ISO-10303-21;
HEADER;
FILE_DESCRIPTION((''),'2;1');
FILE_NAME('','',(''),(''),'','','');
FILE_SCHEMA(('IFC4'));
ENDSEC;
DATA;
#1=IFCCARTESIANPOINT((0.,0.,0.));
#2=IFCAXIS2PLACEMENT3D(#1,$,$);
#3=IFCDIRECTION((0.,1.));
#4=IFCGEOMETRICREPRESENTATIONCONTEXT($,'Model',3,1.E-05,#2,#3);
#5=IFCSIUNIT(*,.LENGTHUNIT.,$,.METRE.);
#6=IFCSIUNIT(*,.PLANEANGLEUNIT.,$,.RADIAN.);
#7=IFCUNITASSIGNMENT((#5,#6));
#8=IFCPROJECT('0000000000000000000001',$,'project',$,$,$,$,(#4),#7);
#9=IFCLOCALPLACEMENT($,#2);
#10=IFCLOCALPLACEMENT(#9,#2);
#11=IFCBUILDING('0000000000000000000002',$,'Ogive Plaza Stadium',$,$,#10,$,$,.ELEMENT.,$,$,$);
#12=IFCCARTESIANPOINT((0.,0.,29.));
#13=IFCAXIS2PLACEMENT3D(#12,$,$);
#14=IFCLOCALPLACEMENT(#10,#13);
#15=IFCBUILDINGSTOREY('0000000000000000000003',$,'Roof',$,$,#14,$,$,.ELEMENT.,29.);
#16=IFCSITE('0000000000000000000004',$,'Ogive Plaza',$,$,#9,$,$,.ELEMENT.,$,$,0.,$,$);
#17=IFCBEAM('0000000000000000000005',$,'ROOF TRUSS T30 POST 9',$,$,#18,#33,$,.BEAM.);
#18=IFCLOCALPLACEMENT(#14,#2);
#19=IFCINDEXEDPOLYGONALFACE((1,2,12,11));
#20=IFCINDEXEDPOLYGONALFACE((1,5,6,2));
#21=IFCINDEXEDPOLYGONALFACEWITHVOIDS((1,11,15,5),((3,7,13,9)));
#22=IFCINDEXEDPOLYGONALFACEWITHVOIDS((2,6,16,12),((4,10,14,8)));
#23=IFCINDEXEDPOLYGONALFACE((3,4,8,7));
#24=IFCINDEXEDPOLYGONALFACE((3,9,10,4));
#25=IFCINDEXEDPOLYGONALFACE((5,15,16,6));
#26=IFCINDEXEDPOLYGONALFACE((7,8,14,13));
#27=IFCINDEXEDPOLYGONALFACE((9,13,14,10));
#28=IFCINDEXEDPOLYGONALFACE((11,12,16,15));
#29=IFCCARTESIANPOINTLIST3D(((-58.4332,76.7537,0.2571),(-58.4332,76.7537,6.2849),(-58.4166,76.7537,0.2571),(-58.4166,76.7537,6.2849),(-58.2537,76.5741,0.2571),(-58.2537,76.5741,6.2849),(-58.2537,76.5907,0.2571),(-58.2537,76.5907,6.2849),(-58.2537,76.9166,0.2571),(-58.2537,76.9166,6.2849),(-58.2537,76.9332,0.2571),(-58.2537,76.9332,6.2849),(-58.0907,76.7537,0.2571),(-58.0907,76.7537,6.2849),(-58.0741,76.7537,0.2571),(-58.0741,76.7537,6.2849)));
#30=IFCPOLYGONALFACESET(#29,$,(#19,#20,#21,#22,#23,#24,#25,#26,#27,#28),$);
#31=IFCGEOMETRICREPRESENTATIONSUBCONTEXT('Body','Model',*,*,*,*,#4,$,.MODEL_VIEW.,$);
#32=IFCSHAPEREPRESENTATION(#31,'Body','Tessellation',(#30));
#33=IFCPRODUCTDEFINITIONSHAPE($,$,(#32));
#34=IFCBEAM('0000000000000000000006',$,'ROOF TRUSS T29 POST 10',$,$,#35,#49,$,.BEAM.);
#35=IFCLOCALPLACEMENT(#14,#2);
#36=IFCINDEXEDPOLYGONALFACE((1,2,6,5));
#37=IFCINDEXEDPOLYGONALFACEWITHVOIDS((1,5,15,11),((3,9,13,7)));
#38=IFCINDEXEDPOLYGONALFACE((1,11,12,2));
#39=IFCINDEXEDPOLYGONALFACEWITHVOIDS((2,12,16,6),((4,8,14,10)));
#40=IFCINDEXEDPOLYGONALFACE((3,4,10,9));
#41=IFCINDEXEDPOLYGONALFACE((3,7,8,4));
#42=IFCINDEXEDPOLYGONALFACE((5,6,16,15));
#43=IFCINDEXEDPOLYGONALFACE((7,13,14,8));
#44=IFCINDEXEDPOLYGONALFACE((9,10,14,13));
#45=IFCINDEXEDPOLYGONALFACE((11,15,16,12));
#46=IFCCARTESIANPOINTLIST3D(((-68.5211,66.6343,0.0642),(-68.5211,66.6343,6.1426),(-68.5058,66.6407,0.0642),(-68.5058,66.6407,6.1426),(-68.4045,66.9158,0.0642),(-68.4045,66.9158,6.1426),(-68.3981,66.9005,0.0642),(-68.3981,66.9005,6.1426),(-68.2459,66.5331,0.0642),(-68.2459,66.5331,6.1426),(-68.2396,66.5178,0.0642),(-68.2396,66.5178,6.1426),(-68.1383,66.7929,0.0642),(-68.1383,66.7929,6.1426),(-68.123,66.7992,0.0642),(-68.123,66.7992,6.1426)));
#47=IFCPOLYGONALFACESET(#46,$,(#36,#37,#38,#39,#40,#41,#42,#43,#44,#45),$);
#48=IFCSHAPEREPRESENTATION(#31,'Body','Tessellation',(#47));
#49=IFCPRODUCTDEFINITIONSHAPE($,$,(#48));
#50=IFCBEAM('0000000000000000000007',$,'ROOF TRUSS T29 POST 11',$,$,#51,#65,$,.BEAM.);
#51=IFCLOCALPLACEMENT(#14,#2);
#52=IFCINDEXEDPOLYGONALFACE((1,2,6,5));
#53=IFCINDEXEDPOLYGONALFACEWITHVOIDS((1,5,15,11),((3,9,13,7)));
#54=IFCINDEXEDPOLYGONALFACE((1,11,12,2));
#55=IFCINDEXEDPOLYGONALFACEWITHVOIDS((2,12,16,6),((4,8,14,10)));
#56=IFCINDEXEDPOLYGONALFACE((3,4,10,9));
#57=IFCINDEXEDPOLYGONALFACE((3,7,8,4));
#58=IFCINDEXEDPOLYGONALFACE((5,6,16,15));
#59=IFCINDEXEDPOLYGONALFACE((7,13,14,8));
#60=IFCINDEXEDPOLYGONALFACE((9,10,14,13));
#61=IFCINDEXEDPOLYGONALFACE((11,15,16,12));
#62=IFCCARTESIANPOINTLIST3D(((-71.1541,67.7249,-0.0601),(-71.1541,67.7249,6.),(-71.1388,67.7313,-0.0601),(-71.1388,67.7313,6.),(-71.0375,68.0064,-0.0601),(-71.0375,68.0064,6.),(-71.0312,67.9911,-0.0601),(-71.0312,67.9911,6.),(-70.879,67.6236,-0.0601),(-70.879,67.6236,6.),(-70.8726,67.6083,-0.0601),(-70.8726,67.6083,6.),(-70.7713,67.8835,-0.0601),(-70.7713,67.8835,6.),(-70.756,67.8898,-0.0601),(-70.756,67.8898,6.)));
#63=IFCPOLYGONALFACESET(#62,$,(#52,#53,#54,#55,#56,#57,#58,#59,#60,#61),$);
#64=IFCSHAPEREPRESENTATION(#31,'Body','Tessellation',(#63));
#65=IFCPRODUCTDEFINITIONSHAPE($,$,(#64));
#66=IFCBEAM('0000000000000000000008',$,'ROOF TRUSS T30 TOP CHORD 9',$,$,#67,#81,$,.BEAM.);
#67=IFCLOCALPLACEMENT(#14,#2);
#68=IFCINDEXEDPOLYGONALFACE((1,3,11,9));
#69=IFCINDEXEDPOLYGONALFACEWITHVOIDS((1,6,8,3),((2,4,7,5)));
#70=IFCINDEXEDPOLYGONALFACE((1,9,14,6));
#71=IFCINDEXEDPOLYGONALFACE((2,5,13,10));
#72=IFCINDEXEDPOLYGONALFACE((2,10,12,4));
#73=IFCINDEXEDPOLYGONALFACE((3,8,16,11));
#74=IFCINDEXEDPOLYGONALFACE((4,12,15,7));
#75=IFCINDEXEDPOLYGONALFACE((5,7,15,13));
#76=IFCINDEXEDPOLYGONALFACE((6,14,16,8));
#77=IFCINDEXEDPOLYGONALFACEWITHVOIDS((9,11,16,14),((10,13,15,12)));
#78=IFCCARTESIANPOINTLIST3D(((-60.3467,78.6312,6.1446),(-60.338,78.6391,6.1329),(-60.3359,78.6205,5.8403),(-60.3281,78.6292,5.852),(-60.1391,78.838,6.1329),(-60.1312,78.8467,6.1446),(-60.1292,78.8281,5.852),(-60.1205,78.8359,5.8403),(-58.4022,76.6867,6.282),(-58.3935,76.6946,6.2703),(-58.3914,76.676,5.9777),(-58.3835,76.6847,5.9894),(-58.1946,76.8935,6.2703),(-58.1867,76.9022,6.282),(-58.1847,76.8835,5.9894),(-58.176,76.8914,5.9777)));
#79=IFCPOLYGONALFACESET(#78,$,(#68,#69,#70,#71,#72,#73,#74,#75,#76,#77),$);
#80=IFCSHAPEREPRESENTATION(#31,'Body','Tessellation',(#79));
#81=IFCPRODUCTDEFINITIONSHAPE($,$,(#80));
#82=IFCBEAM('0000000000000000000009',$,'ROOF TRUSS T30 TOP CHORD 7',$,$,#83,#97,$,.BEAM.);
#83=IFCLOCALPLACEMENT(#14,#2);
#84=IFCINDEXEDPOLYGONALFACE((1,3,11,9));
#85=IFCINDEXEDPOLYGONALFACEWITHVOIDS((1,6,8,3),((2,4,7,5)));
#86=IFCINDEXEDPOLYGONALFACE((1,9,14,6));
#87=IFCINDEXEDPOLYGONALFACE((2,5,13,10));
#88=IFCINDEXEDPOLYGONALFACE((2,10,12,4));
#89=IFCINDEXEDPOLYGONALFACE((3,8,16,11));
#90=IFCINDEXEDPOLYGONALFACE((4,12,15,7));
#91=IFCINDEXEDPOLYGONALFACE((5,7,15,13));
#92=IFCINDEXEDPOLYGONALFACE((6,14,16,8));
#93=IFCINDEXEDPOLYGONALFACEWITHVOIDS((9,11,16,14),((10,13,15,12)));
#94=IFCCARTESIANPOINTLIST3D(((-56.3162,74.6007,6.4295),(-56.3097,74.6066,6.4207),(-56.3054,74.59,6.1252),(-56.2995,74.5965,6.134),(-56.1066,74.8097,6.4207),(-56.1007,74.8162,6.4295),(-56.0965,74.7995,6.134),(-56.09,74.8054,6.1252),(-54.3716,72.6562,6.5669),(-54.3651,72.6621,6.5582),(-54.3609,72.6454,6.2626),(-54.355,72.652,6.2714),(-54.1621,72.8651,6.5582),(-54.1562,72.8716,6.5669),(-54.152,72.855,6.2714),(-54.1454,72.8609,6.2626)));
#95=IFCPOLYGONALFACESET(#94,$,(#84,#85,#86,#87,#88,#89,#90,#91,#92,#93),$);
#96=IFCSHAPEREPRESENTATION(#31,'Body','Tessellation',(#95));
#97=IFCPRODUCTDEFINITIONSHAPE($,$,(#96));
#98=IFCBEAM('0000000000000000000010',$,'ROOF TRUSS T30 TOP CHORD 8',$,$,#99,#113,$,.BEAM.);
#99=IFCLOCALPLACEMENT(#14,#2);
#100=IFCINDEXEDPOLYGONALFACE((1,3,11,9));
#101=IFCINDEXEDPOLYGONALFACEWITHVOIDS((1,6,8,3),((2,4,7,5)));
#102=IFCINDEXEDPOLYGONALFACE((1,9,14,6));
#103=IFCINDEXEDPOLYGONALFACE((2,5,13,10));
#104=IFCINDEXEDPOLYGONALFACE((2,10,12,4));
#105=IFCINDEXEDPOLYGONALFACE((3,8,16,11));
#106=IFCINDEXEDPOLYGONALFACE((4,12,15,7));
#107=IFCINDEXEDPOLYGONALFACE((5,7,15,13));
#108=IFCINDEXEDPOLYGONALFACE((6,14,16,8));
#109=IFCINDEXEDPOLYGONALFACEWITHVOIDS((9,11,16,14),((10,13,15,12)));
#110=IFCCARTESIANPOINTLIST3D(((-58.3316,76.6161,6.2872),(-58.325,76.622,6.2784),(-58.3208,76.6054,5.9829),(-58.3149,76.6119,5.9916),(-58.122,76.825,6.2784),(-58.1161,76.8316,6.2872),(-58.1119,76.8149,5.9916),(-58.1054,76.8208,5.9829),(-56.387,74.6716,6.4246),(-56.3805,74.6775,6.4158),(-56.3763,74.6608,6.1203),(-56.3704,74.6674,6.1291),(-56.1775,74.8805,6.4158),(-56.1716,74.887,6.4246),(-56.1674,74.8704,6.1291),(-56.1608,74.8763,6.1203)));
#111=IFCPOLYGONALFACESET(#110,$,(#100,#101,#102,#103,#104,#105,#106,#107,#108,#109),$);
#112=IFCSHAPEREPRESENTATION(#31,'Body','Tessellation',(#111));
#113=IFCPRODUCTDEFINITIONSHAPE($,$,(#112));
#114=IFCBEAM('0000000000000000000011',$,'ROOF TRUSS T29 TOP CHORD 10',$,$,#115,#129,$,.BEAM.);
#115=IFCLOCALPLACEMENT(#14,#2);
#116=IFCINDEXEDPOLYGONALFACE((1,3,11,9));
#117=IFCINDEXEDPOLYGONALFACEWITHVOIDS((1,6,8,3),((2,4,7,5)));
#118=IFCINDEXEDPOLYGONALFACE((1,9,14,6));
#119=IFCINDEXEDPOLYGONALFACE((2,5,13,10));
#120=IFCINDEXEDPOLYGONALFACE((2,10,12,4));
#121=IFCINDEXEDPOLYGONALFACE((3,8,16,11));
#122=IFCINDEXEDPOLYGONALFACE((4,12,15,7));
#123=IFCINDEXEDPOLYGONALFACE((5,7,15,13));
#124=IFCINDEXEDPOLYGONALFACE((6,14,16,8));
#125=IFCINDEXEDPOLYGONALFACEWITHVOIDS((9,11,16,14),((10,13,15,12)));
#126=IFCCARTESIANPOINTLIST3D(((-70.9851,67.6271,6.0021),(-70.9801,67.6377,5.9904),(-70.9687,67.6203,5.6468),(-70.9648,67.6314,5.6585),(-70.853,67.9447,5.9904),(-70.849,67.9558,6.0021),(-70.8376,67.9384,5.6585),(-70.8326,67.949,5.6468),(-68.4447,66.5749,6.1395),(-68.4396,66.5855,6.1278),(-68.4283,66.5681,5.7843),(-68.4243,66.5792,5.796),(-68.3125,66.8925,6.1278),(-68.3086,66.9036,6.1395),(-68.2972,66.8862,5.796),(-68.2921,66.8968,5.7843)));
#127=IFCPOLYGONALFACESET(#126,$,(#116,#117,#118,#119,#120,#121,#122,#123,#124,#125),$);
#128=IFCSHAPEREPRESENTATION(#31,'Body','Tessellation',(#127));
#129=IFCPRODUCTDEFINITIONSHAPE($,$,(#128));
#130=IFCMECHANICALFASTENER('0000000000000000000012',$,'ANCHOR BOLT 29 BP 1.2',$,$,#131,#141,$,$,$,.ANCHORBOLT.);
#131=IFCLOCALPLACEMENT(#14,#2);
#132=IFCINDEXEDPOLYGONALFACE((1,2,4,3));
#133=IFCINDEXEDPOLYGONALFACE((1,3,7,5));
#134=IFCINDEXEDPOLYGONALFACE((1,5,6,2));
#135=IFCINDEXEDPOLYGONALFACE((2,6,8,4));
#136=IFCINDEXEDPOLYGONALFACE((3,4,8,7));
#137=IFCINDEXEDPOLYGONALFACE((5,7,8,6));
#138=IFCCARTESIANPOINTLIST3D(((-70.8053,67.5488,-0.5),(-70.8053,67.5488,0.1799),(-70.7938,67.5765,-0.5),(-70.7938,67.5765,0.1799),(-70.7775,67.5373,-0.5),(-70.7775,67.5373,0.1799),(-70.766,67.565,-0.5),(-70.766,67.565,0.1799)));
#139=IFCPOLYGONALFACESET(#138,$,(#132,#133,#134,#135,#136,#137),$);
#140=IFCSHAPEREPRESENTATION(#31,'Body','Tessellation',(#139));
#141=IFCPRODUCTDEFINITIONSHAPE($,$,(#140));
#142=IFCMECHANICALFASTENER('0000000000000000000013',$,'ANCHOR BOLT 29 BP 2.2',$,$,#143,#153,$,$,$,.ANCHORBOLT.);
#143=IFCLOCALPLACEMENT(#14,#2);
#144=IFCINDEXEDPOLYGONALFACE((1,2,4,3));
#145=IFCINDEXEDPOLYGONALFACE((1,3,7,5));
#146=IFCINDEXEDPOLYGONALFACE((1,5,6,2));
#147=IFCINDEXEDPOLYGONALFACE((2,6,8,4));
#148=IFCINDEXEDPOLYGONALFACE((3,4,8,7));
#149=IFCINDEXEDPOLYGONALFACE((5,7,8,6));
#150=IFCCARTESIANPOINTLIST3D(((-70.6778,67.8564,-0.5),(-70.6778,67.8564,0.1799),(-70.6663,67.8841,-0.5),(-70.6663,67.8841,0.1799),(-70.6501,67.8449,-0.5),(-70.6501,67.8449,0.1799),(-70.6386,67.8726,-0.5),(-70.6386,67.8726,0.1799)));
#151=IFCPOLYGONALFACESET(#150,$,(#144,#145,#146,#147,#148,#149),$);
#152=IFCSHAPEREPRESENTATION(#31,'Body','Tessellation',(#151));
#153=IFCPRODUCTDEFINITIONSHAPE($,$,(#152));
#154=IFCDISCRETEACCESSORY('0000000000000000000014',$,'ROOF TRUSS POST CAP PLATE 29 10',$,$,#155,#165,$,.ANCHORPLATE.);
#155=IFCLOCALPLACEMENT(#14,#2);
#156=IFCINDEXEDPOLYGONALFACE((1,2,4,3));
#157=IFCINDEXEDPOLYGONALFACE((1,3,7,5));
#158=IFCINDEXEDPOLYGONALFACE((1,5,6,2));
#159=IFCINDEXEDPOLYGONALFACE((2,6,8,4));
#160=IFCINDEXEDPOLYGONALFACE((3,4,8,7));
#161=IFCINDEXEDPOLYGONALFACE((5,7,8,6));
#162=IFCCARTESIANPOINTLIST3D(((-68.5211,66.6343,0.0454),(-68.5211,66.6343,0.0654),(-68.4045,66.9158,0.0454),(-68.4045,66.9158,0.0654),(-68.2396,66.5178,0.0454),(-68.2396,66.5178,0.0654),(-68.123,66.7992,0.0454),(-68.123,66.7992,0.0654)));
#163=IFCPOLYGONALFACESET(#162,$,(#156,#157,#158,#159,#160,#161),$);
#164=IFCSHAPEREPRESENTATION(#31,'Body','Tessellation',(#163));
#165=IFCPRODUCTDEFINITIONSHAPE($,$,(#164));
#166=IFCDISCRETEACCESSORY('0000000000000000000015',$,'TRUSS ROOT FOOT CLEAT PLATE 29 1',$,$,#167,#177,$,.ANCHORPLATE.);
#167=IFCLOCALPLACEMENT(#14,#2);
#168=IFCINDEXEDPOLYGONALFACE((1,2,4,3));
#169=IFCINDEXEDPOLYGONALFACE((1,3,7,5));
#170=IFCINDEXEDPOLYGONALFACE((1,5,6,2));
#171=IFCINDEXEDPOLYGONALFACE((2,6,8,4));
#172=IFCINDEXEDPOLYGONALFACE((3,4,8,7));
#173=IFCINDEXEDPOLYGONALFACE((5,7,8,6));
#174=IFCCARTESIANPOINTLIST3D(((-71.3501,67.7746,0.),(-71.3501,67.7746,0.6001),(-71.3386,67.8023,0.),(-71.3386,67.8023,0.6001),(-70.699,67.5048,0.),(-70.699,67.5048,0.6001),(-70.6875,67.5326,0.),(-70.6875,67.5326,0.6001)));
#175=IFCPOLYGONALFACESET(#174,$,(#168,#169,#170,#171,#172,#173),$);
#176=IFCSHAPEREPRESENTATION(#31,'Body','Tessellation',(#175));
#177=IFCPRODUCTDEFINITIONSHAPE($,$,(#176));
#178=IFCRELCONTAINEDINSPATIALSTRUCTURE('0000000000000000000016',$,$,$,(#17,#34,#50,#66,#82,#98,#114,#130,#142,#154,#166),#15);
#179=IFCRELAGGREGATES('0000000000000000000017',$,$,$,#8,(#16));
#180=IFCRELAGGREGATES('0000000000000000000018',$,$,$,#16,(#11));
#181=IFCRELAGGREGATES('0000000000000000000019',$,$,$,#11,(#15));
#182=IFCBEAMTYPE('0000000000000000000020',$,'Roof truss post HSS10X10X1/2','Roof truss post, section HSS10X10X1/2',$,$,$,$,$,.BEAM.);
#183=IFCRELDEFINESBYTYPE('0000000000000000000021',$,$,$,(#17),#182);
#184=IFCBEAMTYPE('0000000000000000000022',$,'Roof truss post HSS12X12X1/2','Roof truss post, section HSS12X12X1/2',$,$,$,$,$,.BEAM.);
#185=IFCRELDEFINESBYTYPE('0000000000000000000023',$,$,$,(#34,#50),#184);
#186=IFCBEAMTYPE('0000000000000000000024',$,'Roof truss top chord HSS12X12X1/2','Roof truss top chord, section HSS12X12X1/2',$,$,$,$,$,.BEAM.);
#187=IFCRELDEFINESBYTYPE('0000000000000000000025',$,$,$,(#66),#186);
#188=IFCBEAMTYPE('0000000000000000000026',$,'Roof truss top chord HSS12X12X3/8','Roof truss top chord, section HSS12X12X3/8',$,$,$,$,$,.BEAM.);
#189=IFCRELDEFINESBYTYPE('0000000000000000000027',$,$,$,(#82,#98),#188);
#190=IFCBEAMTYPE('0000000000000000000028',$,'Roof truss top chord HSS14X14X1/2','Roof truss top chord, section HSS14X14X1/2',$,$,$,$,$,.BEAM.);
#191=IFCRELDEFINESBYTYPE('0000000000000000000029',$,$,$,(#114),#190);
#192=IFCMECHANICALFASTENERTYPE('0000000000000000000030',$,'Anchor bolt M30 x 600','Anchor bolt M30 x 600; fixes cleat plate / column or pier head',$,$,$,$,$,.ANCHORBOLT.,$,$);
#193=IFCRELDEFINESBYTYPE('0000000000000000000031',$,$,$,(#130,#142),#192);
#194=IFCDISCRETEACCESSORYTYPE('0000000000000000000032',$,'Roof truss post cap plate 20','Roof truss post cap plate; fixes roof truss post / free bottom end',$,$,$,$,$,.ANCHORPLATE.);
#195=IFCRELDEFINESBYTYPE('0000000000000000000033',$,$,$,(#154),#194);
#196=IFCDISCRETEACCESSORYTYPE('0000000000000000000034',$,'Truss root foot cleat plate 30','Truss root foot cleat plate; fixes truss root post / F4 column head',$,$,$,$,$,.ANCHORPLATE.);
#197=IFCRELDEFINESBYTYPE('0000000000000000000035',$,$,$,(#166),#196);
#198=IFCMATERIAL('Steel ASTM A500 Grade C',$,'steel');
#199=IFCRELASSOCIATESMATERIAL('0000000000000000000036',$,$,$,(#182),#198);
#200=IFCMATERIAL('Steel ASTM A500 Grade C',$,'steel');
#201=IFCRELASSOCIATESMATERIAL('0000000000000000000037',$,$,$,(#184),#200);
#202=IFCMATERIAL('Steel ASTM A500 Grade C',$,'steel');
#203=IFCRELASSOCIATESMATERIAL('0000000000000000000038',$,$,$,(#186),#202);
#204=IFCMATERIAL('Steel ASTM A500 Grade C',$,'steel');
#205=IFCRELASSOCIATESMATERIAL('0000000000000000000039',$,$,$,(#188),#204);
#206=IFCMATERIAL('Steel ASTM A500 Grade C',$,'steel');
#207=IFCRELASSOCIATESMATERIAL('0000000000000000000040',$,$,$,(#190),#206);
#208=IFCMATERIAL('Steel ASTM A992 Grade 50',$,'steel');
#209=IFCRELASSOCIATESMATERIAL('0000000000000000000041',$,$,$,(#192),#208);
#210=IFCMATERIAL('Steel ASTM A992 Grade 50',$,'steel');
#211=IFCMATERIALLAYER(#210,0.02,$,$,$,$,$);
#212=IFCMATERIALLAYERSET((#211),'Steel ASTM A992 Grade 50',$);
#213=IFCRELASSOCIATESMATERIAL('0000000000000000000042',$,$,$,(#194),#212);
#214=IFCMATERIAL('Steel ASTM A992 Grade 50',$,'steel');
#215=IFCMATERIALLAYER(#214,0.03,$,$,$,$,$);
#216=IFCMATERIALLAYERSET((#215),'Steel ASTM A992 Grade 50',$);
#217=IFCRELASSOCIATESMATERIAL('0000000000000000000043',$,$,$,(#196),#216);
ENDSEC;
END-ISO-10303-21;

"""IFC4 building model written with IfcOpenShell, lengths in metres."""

from ifc_helpers import new_model, si_unit, direction, frame, origin, origin_2d, place, context, subcontext, project, spatial, rectangle, hollow_rectangle, extrude, material, layer, layer_set, material_profile, profile_set, type_object, element, save


model = new_model("IFC4")

# Units and contexts
model_context = context("Model", 3, precision=1e-05, world=origin(), true_north=direction((0.0, 1.0)))
body_context = subcontext(model_context, "Body", "Model", "MODEL_VIEW")
ifc_project = project(units=[si_unit("LENGTHUNIT", "METRE"), si_unit("PLANEANGLEUNIT", "RADIAN")], contexts=[model_context])

# Site, building, storey
site_placement = place(None, origin())
site = spatial("IfcSite", under=ifc_project, at=site_placement, Name="Ogive Plaza", CompositionType="ELEMENT", RefElevation=0.0)
building_placement = place(site_placement, origin())
building = spatial("IfcBuilding", under=site, at=building_placement, Name="Ogive Plaza Stadium", CompositionType="ELEMENT")
storey_placement = place(building_placement, frame((0.0, 0.0, 29.0)))
storey = spatial("IfcBuildingStorey", under=building, at=storey_placement, Name="Roof", CompositionType="ELEMENT", Elevation=29.0)

# Beams
ifc_material_1 = material(Name="Steel ASTM A500 Grade C", Category="steel")
ifc_material_profile_1 = material_profile(ifc_material_1, hollow_rectangle(XDim=0.2539, YDim=0.2539, WallThickness=0.0117, at=origin_2d()), Name="HSS10X10X1/2")
ifc_profile_set_1 = profile_set([ifc_material_profile_1], Name="Steel ASTM A500 Grade C")
beam_type_1 = type_object("IfcBeamType", Name="Roof truss post HSS10X10X1/2", Description="Roof truss post, section HSS10X10X1/2", PredefinedType="BEAM", material=ifc_profile_set_1)
beam_1_placement = place(storey_placement, frame((-58.2537, 76.7537, 0.2571), z_axis=(0.0, 0.0, 1.0), x_axis=(-0.707107, -0.707107, 0.0)))
element("IfcBeam", 1, at=beam_1_placement, inside=storey, type_object=beam_type_1, Name="ROOF TRUSS T30 POST 9", PredefinedType="BEAM", context=body_context, shape_type="SweptSolid", body=[
    extrude(hollow_rectangle(XDim=0.2539, YDim=0.2539, WallThickness=0.0117, at=origin_2d()), origin(), (0.0, 0.0, 1.0), 6.0278),
])
ifc_material_2 = material(Name="Steel ASTM A500 Grade C", Category="steel")
ifc_material_profile_2 = material_profile(ifc_material_2, hollow_rectangle(XDim=0.3047, YDim=0.3047, WallThickness=0.0117, at=origin_2d()), Name="HSS12X12X1/2")
ifc_profile_set_2 = profile_set([ifc_material_profile_2], Name="Steel ASTM A500 Grade C")
beam_type_2 = type_object("IfcBeamType", Name="Roof truss post HSS12X12X1/2", Description="Roof truss post, section HSS12X12X1/2", PredefinedType="BEAM", material=ifc_profile_set_2)
beam_2_placement = place(storey_placement, frame((-68.322, 66.7168, 0.0642), z_axis=(0.0, 0.0, 1.0), x_axis=(-0.382683, -0.92388, 0.0)))
element("IfcBeam", 2, at=beam_2_placement, inside=storey, type_object=beam_type_2, Name="ROOF TRUSS T29 POST 10", PredefinedType="BEAM", context=body_context, shape_type="SweptSolid", body=[
    extrude(hollow_rectangle(XDim=0.3047, YDim=0.3047, WallThickness=0.0117, at=origin_2d()), origin(), (0.0, 0.0, 1.0), 6.0784),
])
beam_3_placement = place(storey_placement, frame((-70.9551, 67.8074, -0.0601), z_axis=(0.0, 0.0, 1.0), x_axis=(-0.382683, -0.92388, 0.0)))
element("IfcBeam", 3, at=beam_3_placement, inside=storey, type_object=beam_type_2, Name="ROOF TRUSS T29 POST 11", PredefinedType="BEAM", context=body_context, shape_type="SweptSolid", body=[
    extrude(hollow_rectangle(XDim=0.3047, YDim=0.3047, WallThickness=0.0117, at=origin_2d()), origin(), (0.0, 0.0, 1.0), 6.0601),
])
ifc_material_3 = material(Name="Steel ASTM A500 Grade C", Category="steel")
ifc_material_profile_3 = material_profile(ifc_material_3, hollow_rectangle(XDim=0.3047, YDim=0.3047, WallThickness=0.0117, at=origin_2d()), Name="HSS12X12X1/2")
ifc_profile_set_3 = profile_set([ifc_material_profile_3], Name="Steel ASTM A500 Grade C")
beam_type_3 = type_object("IfcBeamType", Name="Roof truss top chord HSS12X12X1/2", Description="Roof truss top chord, section HSS12X12X1/2", PredefinedType="BEAM", material=ifc_profile_set_3)
beam_4_placement = place(storey_placement, frame((-58.2891, 76.7891, 6.1299), z_axis=(-0.706225, 0.706225, -0.049919), x_axis=(-0.707107, -0.707107, 0.0)))
element("IfcBeam", 4, at=beam_4_placement, inside=storey, type_object=beam_type_3, Name="ROOF TRUSS T30 TOP CHORD 9", PredefinedType="BEAM", context=body_context, shape_type="SweptSolid", body=[
    extrude(hollow_rectangle(XDim=0.3047, YDim=0.3047, WallThickness=0.0117, at=origin_2d()), origin(), (0.0, 0.0, 1.0), 2.7534),
])
ifc_material_4 = material(Name="Steel ASTM A500 Grade C", Category="steel")
ifc_material_profile_4 = material_profile(ifc_material_4, hollow_rectangle(XDim=0.3047, YDim=0.3047, WallThickness=0.0088, at=origin_2d()), Name="HSS12X12X3/8")
ifc_profile_set_4 = profile_set([ifc_material_profile_4], Name="Steel ASTM A500 Grade C")
beam_type_4 = type_object("IfcBeamType", Name="Roof truss top chord HSS12X12X3/8", Description="Roof truss top chord, section HSS12X12X3/8", PredefinedType="BEAM", material=ifc_profile_set_4)
for number, where, z_axis, x_axis, name in (
    (5, (-54.2585, 72.7585, 6.4148), (-0.706225, 0.706225, -0.049919), (-0.707107, -0.707107, 0.0), "ROOF TRUSS T30 TOP CHORD 7"),
    (6, (-56.2739, 74.7739, 6.2725), (-0.706225, 0.706225, -0.049919), (-0.707107, -0.707107, 0.0), "ROOF TRUSS T30 TOP CHORD 8"),
):
    element("IfcBeam", number, at=place(storey_placement, frame(where, z_axis=z_axis, x_axis=x_axis)), inside=storey, type_object=beam_type_4, Name=name, PredefinedType="BEAM", context=body_context, shape_type="SweptSolid", body=[
        extrude(hollow_rectangle(XDim=0.3047, YDim=0.3047, WallThickness=0.0088, at=origin_2d()), origin(), (0.0, 0.0, 1.0), 2.7534),
    ])
ifc_material_5 = material(Name="Steel ASTM A500 Grade C", Category="steel")
ifc_material_profile_5 = material_profile(ifc_material_5, hollow_rectangle(XDim=0.3557, YDim=0.3557, WallThickness=0.0117, at=origin_2d()), Name="HSS14X14X1/2")
ifc_profile_set_5 = profile_set([ifc_material_profile_5], Name="Steel ASTM A500 Grade C")
beam_type_5 = type_object("IfcBeamType", Name="Roof truss top chord HSS14X14X1/2", Description="Roof truss top chord, section HSS14X14X1/2", PredefinedType="BEAM", material=ifc_profile_set_5)
beam_5_placement = place(storey_placement, frame((-68.3684, 66.7358, 5.9619), z_axis=(-0.922737, 0.382183, -0.049923), x_axis=(-0.38266, -0.923889, 0.0)))
element("IfcBeam", 7, at=beam_5_placement, inside=storey, type_object=beam_type_5, Name="ROOF TRUSS T29 TOP CHORD 10", PredefinedType="BEAM", context=body_context, shape_type="SweptSolid", body=[
    extrude(hollow_rectangle(XDim=0.3557, YDim=0.3557, WallThickness=0.0117, at=origin_2d()), origin(), (0.0, 0.0, 1.0), 2.7532),
])

# Mechanical fasteners
ifc_material_6 = material(Name="Steel ASTM A992 Grade 50", Category="steel")
mechanical_fastener_type = type_object("IfcMechanicalFastenerType", Name="Anchor bolt M30 x 600", Description="Anchor bolt M30 x 600; fixes cleat plate / column or pier head", PredefinedType="ANCHORBOLT", material=ifc_material_6)
for number, where, z_axis, x_axis, name in (
    (8, (-70.7856, 67.5569, -0.5), (0.0, 0.0, 1.0), (-0.92388, 0.382683, 0.0), "ANCHOR BOLT 29 BP 1.2"),
    (9, (-70.6582, 67.8645, -0.5), (0.0, 0.0, 1.0), (-0.92388, 0.382683, 0.0), "ANCHOR BOLT 29 BP 2.2"),
):
    element("IfcMechanicalFastener", number, at=place(storey_placement, frame(where, z_axis=z_axis, x_axis=x_axis)), inside=storey, type_object=mechanical_fastener_type, Name=name, PredefinedType="ANCHORBOLT", context=body_context, shape_type="SweptSolid", body=[
        extrude(rectangle(XDim=0.03, YDim=0.03, at=origin_2d()), origin(), (0.0, 0.0, 1.0), 0.6799),
    ])

# Discrete accessories
ifc_material_7 = material(Name="Steel ASTM A992 Grade 50", Category="steel")
ifc_layer_1 = layer(ifc_material_7, 0.02)
ifc_layer_set_1 = layer_set([ifc_layer_1], Name="Steel ASTM A992 Grade 50")
discrete_accessory_type_1 = type_object("IfcDiscreteAccessoryType", Name="Roof truss post cap plate 20", Description="Roof truss post cap plate; fixes roof truss post / free bottom end", PredefinedType="ANCHORPLATE", material=ifc_layer_set_1)
discrete_accessory_placement = place(storey_placement, frame((-68.322, 66.7168, 0.0454), z_axis=(0.0, 0.0, 1.0), x_axis=(-0.92388, 0.382683, 0.0)))
element("IfcDiscreteAccessory", 10, at=discrete_accessory_placement, inside=storey, type_object=discrete_accessory_type_1, Name="ROOF TRUSS POST CAP PLATE 29 10", PredefinedType="ANCHORPLATE", context=body_context, shape_type="SweptSolid", body=[
    extrude(rectangle(XDim=0.3047, YDim=0.3047, at=origin_2d()), origin(), (0.0, 0.0, 1.0), 0.02),
])
ifc_material_8 = material(Name="Steel ASTM A992 Grade 50", Category="steel")
ifc_layer_2 = layer(ifc_material_8, 0.03)
ifc_layer_set_2 = layer_set([ifc_layer_2], Name="Steel ASTM A992 Grade 50")
discrete_accessory_type_2 = type_object("IfcDiscreteAccessoryType", Name="Truss root foot cleat plate 30", Description="Truss root foot cleat plate; fixes truss root post / F4 column head", PredefinedType="ANCHORPLATE", material=ifc_layer_set_2)
for number, where, z_axis, x_axis, name in (
    (11, (-71.0188, 67.6536, 0.0), (0.0, 0.0, 1.0), (-0.92388, 0.382683, 0.0), "TRUSS ROOT FOOT CLEAT PLATE 29 1"),
):
    element("IfcDiscreteAccessory", number, at=place(storey_placement, frame(where, z_axis=z_axis, x_axis=x_axis)), inside=storey, type_object=discrete_accessory_type_2, Name=name, PredefinedType="ANCHORPLATE", context=body_context, shape_type="SweptSolid", body=[
        extrude(rectangle(XDim=0.7048, YDim=0.03, at=origin_2d()), origin(), (0.0, 0.0, 1.0), 0.6001),
    ])

save(model, "model.ifc")
